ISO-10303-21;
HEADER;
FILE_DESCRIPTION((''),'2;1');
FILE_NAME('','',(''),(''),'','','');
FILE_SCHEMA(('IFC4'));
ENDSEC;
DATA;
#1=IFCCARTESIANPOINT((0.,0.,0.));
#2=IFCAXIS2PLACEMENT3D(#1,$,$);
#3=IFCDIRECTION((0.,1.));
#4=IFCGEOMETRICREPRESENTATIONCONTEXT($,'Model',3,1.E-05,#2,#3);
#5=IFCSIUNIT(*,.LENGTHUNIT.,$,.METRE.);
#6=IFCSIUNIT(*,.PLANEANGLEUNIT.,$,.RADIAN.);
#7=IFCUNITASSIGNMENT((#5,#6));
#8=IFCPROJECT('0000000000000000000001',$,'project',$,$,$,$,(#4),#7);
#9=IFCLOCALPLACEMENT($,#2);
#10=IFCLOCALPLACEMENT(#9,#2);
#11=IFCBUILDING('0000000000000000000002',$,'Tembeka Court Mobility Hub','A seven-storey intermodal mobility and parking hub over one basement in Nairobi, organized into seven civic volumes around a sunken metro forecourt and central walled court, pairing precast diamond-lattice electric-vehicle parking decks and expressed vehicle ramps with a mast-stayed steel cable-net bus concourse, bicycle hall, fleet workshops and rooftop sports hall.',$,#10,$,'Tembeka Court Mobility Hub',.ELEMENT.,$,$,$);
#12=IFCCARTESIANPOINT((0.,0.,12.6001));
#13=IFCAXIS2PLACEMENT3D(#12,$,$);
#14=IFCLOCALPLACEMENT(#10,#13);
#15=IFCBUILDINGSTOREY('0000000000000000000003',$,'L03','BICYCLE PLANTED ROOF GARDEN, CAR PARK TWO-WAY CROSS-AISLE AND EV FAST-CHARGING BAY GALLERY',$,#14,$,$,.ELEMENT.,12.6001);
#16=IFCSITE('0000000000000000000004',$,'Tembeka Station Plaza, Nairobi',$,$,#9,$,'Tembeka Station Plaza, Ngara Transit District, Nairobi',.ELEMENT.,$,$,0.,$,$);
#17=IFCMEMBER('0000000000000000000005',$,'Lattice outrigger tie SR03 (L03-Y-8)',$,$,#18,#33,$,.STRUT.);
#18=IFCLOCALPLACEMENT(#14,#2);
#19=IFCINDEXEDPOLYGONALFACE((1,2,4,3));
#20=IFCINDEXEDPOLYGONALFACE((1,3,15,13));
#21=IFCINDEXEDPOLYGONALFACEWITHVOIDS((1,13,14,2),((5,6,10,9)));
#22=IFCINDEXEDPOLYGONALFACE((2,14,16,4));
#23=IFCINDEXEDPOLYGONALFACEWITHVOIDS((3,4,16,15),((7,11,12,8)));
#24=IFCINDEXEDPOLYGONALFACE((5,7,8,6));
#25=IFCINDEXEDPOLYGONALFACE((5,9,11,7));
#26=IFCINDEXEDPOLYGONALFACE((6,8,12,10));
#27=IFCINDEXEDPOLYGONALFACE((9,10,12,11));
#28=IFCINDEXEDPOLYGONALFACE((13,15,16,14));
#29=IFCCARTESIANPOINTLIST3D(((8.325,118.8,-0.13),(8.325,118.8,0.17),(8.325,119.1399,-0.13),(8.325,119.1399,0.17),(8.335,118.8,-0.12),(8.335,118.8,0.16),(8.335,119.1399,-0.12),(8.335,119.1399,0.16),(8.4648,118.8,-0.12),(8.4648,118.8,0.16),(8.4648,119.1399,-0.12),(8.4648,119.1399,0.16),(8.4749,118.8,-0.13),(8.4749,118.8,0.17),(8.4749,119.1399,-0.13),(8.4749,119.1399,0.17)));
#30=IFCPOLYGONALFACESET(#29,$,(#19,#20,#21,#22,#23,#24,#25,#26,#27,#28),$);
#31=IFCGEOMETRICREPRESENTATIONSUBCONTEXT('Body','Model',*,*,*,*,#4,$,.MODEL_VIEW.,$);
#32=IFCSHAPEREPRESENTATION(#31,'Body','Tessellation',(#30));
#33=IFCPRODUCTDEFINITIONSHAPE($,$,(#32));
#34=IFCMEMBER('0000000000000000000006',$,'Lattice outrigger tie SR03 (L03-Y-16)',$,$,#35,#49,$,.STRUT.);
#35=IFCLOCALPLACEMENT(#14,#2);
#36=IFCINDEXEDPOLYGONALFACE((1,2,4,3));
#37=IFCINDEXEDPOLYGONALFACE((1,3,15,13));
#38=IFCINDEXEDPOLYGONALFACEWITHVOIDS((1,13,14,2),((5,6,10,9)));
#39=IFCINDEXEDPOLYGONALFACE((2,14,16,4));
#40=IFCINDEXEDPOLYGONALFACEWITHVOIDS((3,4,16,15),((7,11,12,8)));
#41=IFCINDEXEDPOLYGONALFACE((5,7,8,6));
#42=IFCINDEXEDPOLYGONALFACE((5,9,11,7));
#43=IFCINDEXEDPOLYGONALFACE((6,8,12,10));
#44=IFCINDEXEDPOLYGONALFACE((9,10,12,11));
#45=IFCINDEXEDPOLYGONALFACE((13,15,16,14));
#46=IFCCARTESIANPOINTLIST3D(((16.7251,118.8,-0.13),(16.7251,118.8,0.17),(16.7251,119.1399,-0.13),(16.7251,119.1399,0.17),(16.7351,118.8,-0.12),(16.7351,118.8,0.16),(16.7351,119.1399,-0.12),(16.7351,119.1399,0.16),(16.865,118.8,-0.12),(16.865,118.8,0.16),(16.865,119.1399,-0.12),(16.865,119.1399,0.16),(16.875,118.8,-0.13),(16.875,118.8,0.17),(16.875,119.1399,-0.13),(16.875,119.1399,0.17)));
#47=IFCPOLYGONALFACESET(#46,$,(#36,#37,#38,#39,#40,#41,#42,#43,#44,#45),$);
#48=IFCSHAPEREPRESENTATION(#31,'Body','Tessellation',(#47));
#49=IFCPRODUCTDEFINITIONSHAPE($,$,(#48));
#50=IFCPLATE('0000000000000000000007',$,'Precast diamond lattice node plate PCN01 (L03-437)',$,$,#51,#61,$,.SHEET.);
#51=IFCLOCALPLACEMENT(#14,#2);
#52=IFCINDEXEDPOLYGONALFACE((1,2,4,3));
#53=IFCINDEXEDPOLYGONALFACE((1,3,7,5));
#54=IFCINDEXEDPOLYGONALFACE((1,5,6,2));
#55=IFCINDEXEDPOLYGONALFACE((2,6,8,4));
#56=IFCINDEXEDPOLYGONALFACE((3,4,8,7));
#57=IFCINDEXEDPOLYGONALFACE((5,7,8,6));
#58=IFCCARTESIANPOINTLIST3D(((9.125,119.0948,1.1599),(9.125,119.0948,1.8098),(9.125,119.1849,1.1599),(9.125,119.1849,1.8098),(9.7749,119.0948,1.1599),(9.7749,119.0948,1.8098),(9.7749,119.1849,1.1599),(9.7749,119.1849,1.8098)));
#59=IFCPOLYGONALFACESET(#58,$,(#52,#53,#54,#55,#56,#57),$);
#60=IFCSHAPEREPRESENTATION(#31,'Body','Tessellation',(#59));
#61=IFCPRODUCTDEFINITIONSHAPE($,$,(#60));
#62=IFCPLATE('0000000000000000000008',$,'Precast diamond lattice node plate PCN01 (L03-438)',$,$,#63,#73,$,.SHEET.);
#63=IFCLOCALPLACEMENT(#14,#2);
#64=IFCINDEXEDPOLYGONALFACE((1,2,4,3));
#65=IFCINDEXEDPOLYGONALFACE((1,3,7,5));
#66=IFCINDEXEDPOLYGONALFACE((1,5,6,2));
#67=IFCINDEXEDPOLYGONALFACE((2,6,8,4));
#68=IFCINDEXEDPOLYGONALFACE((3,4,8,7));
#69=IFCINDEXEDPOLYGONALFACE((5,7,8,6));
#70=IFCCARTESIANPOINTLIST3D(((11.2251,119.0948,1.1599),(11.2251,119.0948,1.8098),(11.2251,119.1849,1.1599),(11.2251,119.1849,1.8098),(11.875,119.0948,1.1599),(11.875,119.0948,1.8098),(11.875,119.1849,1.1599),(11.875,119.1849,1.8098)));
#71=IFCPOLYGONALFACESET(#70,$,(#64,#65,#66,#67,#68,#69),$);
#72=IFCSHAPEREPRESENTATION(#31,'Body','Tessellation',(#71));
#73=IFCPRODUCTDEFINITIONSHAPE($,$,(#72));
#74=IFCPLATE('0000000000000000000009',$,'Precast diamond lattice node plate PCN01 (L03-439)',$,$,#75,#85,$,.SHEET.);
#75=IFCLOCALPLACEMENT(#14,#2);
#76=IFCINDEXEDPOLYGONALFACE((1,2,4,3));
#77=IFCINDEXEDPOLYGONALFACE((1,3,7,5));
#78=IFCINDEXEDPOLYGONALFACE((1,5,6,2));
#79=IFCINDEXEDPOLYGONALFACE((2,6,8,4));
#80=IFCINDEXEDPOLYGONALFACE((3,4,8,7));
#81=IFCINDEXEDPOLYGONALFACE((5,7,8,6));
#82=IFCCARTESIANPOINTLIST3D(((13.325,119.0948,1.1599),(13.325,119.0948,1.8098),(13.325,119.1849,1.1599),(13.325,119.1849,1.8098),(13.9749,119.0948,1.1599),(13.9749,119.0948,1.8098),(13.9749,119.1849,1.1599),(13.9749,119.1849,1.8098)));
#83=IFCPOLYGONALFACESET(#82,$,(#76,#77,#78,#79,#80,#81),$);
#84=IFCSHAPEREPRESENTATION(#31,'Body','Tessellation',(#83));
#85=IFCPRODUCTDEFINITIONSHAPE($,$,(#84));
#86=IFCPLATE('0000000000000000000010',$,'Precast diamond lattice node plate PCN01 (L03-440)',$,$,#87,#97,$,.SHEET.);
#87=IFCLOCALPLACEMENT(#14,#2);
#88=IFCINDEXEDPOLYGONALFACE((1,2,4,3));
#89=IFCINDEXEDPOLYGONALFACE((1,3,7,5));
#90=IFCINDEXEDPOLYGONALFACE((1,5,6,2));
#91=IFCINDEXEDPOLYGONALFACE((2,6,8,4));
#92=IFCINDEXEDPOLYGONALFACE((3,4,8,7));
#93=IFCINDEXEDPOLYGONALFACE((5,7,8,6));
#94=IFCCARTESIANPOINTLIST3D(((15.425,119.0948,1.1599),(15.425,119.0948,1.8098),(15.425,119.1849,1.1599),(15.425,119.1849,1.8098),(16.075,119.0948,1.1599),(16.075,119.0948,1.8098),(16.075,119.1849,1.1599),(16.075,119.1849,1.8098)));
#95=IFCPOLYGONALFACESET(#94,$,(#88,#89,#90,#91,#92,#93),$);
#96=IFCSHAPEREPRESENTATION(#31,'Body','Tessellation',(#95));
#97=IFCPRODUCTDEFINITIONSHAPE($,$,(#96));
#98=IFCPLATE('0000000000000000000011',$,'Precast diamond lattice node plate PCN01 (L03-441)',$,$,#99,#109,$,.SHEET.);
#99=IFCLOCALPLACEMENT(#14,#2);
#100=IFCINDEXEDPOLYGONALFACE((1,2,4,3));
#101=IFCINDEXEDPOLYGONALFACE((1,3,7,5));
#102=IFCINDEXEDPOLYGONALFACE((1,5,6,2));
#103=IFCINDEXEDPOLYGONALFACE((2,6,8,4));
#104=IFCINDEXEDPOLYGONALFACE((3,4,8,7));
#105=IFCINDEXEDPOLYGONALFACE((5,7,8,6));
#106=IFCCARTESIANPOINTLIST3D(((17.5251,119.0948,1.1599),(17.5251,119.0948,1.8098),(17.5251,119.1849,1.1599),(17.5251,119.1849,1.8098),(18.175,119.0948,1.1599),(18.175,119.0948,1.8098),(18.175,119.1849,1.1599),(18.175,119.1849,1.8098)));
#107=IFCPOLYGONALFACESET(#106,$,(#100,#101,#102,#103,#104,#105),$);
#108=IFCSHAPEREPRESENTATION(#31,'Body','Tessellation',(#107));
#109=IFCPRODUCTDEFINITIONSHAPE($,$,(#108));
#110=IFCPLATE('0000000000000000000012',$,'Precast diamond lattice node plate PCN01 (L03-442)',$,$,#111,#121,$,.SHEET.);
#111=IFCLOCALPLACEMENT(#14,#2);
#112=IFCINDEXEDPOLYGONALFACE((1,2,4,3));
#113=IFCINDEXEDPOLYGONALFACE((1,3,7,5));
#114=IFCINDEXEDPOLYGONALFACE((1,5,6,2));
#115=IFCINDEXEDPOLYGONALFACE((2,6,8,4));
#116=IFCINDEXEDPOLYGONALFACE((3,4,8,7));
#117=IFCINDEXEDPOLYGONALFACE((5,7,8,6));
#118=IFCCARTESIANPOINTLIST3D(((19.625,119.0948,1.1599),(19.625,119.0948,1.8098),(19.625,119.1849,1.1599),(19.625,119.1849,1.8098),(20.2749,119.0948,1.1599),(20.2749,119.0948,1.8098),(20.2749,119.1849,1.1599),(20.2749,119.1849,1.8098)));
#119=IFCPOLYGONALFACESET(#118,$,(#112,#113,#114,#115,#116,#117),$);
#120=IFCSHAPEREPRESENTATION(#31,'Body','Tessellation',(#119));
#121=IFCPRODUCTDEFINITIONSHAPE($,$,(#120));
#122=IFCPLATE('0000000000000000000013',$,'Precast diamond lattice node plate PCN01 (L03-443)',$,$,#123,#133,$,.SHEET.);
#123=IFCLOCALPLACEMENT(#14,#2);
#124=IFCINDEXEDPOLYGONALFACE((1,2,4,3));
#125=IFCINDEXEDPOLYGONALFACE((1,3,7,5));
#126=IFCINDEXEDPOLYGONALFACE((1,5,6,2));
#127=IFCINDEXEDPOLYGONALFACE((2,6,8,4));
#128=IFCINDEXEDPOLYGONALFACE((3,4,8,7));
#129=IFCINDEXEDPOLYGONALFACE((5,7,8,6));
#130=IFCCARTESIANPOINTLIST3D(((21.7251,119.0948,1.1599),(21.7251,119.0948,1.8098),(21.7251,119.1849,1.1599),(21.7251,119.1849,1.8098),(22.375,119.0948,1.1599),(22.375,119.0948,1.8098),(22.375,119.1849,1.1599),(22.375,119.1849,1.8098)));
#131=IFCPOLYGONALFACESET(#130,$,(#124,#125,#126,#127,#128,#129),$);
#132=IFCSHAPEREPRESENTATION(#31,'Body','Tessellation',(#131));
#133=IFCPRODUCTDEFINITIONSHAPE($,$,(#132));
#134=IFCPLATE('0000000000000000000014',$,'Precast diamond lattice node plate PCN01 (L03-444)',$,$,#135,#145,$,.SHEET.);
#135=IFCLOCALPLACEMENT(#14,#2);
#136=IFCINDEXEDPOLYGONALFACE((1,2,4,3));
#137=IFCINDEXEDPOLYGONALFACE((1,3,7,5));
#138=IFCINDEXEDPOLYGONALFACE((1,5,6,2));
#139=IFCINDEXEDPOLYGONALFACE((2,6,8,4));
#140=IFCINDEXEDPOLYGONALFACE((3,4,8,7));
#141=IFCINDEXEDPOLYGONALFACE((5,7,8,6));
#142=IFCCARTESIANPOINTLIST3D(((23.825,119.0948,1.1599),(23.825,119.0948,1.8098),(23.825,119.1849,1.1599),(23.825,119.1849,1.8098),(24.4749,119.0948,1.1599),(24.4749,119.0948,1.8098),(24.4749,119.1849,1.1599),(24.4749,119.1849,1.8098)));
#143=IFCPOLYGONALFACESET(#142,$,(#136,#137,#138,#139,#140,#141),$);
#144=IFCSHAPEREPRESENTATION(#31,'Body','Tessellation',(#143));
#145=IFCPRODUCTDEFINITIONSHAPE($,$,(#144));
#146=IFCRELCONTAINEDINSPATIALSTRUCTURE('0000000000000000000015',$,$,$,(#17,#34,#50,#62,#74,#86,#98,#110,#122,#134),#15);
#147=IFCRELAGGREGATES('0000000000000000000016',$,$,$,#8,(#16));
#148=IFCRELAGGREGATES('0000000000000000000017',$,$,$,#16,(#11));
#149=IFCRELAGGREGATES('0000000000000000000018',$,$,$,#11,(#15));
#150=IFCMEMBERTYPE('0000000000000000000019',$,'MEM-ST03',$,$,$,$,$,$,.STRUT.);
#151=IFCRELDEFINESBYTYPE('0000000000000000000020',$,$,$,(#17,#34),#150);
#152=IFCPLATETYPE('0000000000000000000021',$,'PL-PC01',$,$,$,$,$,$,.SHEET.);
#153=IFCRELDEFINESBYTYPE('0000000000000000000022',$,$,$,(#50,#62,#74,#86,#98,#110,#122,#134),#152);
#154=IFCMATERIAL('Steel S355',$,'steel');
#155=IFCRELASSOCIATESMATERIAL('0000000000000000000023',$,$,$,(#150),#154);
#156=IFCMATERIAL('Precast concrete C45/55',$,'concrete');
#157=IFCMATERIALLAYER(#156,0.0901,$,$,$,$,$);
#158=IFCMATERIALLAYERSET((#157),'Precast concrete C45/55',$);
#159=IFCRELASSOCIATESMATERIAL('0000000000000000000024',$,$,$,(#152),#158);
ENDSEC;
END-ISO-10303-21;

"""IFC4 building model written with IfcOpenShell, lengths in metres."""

from ifc_helpers import new_model, si_unit, direction, frame, origin, origin_2d, place, context, subcontext, project, spatial, rectangle, hollow_rectangle, extrude, material, layer, layer_set, material_profile, profile_set, type_object, element, save


model = new_model("IFC4")

# Units and contexts
model_context = context("Model", 3, precision=1e-05, world=origin(), true_north=direction((0.0, 1.0)))
body_context = subcontext(model_context, "Body", "Model", "MODEL_VIEW")
ifc_project = project(units=[si_unit("LENGTHUNIT", "METRE"), si_unit("PLANEANGLEUNIT", "RADIAN")], contexts=[model_context])

# Site, building, storey
site_placement = place(None, origin())
site = spatial("IfcSite", under=ifc_project, at=site_placement, Name="Tembeka Station Plaza, Nairobi", LongName="Tembeka Station Plaza, Ngara Transit District, Nairobi", CompositionType="ELEMENT", RefElevation=0.0)
building_placement = place(site_placement, origin())
building = spatial("IfcBuilding", under=site, at=building_placement, Name="Tembeka Court Mobility Hub", Description="A seven-storey intermodal mobility and parking hub over one basement in Nairobi, organized into seven civic volumes around a sunken metro forecourt and central walled court, pairing precast diamond-lattice electric-vehicle parking decks and expressed vehicle ramps with a mast-stayed steel cable-net bus concourse, bicycle hall, fleet workshops and rooftop sports hall.", LongName="Tembeka Court Mobility Hub", CompositionType="ELEMENT")
storey_placement = place(building_placement, frame((0.0, 0.0, 12.6001)))
storey = spatial("IfcBuildingStorey", under=building, at=storey_placement, Name="L03", Description="BICYCLE PLANTED ROOF GARDEN, CAR PARK TWO-WAY CROSS-AISLE AND EV FAST-CHARGING BAY GALLERY", CompositionType="ELEMENT", Elevation=12.6001)

# Shared definitions
ifc_material_1 = material(Name="Steel S355", Category="steel")

# Shared definitions
ifc_material_2 = material(Name="Precast concrete C45/55", Category="concrete")

# Members
ifc_material_profile_1 = material_profile(ifc_material_1, hollow_rectangle(XDim=0.1499, YDim=0.3, WallThickness=0.01, at=origin_2d()), Name="RHS 300x150x10")
ifc_profile_set_1 = profile_set([ifc_material_profile_1], Name="Steel S355")
member_type_1 = type_object("IfcMemberType", Name="MEM-ST03", PredefinedType="STRUT", material=ifc_profile_set_1)
for number, where, z_axis, x_axis, name in (
    (1, (8.3999, 118.8, 0.02), (0.0, 1.0, 0.0), (-1.0, 0.0, 0.0), "Lattice outrigger tie SR03 (L03-Y-8)"),
    (2, (16.8, 118.8, 0.02), (0.0, 1.0, 0.0), (-1.0, 0.0, 0.0), "Lattice outrigger tie SR03 (L03-Y-16)"),
):
    element("IfcMember", number, at=place(storey_placement, frame(where, z_axis=z_axis, x_axis=x_axis)), inside=storey, type_object=member_type_1, Name=name, PredefinedType="STRUT", context=body_context, shape_type="SweptSolid", body=[
        extrude(hollow_rectangle(XDim=0.1499, YDim=0.3, WallThickness=0.01, at=origin_2d()), origin(), (0.0, 0.0, 1.0), 0.3398),
    ])

# Plates
ifc_layer = layer(ifc_material_2, 0.0901)
ifc_layer_set = layer_set([ifc_layer], Name="Precast concrete C45/55")
plate_type = type_object("IfcPlateType", Name="PL-PC01", PredefinedType="SHEET", material=ifc_layer_set)
for number, where, z_axis, x_axis, name in (
    (3, (9.45, 119.1399, 1.1599), (0.0, 0.0, 1.0), (1.0, 0.0, 0.0), "Precast diamond lattice node plate PCN01 (L03-437)"),
    (4, (11.55, 119.1399, 1.1599), (0.0, 0.0, 1.0), (1.0, 0.0, 0.0), "Precast diamond lattice node plate PCN01 (L03-438)"),
    (5, (13.6499, 119.1399, 1.1599), (0.0, 0.0, 1.0), (1.0, 0.0, 0.0), "Precast diamond lattice node plate PCN01 (L03-439)"),
    (6, (15.75, 119.1399, 1.1599), (0.0, 0.0, 1.0), (1.0, 0.0, 0.0), "Precast diamond lattice node plate PCN01 (L03-440)"),
    (7, (17.8501, 119.1399, 1.1599), (0.0, 0.0, 1.0), (1.0, 0.0, 0.0), "Precast diamond lattice node plate PCN01 (L03-441)"),
    (8, (19.95, 119.1399, 1.1599), (0.0, 0.0, 1.0), (1.0, 0.0, 0.0), "Precast diamond lattice node plate PCN01 (L03-442)"),
    (9, (22.05, 119.1399, 1.1599), (0.0, 0.0, 1.0), (1.0, 0.0, 0.0), "Precast diamond lattice node plate PCN01 (L03-443)"),
    (10, (24.1499, 119.1399, 1.1599), (0.0, 0.0, 1.0), (1.0, 0.0, 0.0), "Precast diamond lattice node plate PCN01 (L03-444)"),
):
    element("IfcPlate", number, at=place(storey_placement, frame(where, z_axis=z_axis, x_axis=x_axis)), inside=storey, type_object=plate_type, Name=name, PredefinedType="SHEET", context=body_context, shape_type="SweptSolid", body=[
        extrude(rectangle(XDim=0.6499, YDim=0.0901, at=origin_2d()), origin(), (0.0, 0.0, 1.0), 0.6499),
    ])

save(model, "model.ifc")
